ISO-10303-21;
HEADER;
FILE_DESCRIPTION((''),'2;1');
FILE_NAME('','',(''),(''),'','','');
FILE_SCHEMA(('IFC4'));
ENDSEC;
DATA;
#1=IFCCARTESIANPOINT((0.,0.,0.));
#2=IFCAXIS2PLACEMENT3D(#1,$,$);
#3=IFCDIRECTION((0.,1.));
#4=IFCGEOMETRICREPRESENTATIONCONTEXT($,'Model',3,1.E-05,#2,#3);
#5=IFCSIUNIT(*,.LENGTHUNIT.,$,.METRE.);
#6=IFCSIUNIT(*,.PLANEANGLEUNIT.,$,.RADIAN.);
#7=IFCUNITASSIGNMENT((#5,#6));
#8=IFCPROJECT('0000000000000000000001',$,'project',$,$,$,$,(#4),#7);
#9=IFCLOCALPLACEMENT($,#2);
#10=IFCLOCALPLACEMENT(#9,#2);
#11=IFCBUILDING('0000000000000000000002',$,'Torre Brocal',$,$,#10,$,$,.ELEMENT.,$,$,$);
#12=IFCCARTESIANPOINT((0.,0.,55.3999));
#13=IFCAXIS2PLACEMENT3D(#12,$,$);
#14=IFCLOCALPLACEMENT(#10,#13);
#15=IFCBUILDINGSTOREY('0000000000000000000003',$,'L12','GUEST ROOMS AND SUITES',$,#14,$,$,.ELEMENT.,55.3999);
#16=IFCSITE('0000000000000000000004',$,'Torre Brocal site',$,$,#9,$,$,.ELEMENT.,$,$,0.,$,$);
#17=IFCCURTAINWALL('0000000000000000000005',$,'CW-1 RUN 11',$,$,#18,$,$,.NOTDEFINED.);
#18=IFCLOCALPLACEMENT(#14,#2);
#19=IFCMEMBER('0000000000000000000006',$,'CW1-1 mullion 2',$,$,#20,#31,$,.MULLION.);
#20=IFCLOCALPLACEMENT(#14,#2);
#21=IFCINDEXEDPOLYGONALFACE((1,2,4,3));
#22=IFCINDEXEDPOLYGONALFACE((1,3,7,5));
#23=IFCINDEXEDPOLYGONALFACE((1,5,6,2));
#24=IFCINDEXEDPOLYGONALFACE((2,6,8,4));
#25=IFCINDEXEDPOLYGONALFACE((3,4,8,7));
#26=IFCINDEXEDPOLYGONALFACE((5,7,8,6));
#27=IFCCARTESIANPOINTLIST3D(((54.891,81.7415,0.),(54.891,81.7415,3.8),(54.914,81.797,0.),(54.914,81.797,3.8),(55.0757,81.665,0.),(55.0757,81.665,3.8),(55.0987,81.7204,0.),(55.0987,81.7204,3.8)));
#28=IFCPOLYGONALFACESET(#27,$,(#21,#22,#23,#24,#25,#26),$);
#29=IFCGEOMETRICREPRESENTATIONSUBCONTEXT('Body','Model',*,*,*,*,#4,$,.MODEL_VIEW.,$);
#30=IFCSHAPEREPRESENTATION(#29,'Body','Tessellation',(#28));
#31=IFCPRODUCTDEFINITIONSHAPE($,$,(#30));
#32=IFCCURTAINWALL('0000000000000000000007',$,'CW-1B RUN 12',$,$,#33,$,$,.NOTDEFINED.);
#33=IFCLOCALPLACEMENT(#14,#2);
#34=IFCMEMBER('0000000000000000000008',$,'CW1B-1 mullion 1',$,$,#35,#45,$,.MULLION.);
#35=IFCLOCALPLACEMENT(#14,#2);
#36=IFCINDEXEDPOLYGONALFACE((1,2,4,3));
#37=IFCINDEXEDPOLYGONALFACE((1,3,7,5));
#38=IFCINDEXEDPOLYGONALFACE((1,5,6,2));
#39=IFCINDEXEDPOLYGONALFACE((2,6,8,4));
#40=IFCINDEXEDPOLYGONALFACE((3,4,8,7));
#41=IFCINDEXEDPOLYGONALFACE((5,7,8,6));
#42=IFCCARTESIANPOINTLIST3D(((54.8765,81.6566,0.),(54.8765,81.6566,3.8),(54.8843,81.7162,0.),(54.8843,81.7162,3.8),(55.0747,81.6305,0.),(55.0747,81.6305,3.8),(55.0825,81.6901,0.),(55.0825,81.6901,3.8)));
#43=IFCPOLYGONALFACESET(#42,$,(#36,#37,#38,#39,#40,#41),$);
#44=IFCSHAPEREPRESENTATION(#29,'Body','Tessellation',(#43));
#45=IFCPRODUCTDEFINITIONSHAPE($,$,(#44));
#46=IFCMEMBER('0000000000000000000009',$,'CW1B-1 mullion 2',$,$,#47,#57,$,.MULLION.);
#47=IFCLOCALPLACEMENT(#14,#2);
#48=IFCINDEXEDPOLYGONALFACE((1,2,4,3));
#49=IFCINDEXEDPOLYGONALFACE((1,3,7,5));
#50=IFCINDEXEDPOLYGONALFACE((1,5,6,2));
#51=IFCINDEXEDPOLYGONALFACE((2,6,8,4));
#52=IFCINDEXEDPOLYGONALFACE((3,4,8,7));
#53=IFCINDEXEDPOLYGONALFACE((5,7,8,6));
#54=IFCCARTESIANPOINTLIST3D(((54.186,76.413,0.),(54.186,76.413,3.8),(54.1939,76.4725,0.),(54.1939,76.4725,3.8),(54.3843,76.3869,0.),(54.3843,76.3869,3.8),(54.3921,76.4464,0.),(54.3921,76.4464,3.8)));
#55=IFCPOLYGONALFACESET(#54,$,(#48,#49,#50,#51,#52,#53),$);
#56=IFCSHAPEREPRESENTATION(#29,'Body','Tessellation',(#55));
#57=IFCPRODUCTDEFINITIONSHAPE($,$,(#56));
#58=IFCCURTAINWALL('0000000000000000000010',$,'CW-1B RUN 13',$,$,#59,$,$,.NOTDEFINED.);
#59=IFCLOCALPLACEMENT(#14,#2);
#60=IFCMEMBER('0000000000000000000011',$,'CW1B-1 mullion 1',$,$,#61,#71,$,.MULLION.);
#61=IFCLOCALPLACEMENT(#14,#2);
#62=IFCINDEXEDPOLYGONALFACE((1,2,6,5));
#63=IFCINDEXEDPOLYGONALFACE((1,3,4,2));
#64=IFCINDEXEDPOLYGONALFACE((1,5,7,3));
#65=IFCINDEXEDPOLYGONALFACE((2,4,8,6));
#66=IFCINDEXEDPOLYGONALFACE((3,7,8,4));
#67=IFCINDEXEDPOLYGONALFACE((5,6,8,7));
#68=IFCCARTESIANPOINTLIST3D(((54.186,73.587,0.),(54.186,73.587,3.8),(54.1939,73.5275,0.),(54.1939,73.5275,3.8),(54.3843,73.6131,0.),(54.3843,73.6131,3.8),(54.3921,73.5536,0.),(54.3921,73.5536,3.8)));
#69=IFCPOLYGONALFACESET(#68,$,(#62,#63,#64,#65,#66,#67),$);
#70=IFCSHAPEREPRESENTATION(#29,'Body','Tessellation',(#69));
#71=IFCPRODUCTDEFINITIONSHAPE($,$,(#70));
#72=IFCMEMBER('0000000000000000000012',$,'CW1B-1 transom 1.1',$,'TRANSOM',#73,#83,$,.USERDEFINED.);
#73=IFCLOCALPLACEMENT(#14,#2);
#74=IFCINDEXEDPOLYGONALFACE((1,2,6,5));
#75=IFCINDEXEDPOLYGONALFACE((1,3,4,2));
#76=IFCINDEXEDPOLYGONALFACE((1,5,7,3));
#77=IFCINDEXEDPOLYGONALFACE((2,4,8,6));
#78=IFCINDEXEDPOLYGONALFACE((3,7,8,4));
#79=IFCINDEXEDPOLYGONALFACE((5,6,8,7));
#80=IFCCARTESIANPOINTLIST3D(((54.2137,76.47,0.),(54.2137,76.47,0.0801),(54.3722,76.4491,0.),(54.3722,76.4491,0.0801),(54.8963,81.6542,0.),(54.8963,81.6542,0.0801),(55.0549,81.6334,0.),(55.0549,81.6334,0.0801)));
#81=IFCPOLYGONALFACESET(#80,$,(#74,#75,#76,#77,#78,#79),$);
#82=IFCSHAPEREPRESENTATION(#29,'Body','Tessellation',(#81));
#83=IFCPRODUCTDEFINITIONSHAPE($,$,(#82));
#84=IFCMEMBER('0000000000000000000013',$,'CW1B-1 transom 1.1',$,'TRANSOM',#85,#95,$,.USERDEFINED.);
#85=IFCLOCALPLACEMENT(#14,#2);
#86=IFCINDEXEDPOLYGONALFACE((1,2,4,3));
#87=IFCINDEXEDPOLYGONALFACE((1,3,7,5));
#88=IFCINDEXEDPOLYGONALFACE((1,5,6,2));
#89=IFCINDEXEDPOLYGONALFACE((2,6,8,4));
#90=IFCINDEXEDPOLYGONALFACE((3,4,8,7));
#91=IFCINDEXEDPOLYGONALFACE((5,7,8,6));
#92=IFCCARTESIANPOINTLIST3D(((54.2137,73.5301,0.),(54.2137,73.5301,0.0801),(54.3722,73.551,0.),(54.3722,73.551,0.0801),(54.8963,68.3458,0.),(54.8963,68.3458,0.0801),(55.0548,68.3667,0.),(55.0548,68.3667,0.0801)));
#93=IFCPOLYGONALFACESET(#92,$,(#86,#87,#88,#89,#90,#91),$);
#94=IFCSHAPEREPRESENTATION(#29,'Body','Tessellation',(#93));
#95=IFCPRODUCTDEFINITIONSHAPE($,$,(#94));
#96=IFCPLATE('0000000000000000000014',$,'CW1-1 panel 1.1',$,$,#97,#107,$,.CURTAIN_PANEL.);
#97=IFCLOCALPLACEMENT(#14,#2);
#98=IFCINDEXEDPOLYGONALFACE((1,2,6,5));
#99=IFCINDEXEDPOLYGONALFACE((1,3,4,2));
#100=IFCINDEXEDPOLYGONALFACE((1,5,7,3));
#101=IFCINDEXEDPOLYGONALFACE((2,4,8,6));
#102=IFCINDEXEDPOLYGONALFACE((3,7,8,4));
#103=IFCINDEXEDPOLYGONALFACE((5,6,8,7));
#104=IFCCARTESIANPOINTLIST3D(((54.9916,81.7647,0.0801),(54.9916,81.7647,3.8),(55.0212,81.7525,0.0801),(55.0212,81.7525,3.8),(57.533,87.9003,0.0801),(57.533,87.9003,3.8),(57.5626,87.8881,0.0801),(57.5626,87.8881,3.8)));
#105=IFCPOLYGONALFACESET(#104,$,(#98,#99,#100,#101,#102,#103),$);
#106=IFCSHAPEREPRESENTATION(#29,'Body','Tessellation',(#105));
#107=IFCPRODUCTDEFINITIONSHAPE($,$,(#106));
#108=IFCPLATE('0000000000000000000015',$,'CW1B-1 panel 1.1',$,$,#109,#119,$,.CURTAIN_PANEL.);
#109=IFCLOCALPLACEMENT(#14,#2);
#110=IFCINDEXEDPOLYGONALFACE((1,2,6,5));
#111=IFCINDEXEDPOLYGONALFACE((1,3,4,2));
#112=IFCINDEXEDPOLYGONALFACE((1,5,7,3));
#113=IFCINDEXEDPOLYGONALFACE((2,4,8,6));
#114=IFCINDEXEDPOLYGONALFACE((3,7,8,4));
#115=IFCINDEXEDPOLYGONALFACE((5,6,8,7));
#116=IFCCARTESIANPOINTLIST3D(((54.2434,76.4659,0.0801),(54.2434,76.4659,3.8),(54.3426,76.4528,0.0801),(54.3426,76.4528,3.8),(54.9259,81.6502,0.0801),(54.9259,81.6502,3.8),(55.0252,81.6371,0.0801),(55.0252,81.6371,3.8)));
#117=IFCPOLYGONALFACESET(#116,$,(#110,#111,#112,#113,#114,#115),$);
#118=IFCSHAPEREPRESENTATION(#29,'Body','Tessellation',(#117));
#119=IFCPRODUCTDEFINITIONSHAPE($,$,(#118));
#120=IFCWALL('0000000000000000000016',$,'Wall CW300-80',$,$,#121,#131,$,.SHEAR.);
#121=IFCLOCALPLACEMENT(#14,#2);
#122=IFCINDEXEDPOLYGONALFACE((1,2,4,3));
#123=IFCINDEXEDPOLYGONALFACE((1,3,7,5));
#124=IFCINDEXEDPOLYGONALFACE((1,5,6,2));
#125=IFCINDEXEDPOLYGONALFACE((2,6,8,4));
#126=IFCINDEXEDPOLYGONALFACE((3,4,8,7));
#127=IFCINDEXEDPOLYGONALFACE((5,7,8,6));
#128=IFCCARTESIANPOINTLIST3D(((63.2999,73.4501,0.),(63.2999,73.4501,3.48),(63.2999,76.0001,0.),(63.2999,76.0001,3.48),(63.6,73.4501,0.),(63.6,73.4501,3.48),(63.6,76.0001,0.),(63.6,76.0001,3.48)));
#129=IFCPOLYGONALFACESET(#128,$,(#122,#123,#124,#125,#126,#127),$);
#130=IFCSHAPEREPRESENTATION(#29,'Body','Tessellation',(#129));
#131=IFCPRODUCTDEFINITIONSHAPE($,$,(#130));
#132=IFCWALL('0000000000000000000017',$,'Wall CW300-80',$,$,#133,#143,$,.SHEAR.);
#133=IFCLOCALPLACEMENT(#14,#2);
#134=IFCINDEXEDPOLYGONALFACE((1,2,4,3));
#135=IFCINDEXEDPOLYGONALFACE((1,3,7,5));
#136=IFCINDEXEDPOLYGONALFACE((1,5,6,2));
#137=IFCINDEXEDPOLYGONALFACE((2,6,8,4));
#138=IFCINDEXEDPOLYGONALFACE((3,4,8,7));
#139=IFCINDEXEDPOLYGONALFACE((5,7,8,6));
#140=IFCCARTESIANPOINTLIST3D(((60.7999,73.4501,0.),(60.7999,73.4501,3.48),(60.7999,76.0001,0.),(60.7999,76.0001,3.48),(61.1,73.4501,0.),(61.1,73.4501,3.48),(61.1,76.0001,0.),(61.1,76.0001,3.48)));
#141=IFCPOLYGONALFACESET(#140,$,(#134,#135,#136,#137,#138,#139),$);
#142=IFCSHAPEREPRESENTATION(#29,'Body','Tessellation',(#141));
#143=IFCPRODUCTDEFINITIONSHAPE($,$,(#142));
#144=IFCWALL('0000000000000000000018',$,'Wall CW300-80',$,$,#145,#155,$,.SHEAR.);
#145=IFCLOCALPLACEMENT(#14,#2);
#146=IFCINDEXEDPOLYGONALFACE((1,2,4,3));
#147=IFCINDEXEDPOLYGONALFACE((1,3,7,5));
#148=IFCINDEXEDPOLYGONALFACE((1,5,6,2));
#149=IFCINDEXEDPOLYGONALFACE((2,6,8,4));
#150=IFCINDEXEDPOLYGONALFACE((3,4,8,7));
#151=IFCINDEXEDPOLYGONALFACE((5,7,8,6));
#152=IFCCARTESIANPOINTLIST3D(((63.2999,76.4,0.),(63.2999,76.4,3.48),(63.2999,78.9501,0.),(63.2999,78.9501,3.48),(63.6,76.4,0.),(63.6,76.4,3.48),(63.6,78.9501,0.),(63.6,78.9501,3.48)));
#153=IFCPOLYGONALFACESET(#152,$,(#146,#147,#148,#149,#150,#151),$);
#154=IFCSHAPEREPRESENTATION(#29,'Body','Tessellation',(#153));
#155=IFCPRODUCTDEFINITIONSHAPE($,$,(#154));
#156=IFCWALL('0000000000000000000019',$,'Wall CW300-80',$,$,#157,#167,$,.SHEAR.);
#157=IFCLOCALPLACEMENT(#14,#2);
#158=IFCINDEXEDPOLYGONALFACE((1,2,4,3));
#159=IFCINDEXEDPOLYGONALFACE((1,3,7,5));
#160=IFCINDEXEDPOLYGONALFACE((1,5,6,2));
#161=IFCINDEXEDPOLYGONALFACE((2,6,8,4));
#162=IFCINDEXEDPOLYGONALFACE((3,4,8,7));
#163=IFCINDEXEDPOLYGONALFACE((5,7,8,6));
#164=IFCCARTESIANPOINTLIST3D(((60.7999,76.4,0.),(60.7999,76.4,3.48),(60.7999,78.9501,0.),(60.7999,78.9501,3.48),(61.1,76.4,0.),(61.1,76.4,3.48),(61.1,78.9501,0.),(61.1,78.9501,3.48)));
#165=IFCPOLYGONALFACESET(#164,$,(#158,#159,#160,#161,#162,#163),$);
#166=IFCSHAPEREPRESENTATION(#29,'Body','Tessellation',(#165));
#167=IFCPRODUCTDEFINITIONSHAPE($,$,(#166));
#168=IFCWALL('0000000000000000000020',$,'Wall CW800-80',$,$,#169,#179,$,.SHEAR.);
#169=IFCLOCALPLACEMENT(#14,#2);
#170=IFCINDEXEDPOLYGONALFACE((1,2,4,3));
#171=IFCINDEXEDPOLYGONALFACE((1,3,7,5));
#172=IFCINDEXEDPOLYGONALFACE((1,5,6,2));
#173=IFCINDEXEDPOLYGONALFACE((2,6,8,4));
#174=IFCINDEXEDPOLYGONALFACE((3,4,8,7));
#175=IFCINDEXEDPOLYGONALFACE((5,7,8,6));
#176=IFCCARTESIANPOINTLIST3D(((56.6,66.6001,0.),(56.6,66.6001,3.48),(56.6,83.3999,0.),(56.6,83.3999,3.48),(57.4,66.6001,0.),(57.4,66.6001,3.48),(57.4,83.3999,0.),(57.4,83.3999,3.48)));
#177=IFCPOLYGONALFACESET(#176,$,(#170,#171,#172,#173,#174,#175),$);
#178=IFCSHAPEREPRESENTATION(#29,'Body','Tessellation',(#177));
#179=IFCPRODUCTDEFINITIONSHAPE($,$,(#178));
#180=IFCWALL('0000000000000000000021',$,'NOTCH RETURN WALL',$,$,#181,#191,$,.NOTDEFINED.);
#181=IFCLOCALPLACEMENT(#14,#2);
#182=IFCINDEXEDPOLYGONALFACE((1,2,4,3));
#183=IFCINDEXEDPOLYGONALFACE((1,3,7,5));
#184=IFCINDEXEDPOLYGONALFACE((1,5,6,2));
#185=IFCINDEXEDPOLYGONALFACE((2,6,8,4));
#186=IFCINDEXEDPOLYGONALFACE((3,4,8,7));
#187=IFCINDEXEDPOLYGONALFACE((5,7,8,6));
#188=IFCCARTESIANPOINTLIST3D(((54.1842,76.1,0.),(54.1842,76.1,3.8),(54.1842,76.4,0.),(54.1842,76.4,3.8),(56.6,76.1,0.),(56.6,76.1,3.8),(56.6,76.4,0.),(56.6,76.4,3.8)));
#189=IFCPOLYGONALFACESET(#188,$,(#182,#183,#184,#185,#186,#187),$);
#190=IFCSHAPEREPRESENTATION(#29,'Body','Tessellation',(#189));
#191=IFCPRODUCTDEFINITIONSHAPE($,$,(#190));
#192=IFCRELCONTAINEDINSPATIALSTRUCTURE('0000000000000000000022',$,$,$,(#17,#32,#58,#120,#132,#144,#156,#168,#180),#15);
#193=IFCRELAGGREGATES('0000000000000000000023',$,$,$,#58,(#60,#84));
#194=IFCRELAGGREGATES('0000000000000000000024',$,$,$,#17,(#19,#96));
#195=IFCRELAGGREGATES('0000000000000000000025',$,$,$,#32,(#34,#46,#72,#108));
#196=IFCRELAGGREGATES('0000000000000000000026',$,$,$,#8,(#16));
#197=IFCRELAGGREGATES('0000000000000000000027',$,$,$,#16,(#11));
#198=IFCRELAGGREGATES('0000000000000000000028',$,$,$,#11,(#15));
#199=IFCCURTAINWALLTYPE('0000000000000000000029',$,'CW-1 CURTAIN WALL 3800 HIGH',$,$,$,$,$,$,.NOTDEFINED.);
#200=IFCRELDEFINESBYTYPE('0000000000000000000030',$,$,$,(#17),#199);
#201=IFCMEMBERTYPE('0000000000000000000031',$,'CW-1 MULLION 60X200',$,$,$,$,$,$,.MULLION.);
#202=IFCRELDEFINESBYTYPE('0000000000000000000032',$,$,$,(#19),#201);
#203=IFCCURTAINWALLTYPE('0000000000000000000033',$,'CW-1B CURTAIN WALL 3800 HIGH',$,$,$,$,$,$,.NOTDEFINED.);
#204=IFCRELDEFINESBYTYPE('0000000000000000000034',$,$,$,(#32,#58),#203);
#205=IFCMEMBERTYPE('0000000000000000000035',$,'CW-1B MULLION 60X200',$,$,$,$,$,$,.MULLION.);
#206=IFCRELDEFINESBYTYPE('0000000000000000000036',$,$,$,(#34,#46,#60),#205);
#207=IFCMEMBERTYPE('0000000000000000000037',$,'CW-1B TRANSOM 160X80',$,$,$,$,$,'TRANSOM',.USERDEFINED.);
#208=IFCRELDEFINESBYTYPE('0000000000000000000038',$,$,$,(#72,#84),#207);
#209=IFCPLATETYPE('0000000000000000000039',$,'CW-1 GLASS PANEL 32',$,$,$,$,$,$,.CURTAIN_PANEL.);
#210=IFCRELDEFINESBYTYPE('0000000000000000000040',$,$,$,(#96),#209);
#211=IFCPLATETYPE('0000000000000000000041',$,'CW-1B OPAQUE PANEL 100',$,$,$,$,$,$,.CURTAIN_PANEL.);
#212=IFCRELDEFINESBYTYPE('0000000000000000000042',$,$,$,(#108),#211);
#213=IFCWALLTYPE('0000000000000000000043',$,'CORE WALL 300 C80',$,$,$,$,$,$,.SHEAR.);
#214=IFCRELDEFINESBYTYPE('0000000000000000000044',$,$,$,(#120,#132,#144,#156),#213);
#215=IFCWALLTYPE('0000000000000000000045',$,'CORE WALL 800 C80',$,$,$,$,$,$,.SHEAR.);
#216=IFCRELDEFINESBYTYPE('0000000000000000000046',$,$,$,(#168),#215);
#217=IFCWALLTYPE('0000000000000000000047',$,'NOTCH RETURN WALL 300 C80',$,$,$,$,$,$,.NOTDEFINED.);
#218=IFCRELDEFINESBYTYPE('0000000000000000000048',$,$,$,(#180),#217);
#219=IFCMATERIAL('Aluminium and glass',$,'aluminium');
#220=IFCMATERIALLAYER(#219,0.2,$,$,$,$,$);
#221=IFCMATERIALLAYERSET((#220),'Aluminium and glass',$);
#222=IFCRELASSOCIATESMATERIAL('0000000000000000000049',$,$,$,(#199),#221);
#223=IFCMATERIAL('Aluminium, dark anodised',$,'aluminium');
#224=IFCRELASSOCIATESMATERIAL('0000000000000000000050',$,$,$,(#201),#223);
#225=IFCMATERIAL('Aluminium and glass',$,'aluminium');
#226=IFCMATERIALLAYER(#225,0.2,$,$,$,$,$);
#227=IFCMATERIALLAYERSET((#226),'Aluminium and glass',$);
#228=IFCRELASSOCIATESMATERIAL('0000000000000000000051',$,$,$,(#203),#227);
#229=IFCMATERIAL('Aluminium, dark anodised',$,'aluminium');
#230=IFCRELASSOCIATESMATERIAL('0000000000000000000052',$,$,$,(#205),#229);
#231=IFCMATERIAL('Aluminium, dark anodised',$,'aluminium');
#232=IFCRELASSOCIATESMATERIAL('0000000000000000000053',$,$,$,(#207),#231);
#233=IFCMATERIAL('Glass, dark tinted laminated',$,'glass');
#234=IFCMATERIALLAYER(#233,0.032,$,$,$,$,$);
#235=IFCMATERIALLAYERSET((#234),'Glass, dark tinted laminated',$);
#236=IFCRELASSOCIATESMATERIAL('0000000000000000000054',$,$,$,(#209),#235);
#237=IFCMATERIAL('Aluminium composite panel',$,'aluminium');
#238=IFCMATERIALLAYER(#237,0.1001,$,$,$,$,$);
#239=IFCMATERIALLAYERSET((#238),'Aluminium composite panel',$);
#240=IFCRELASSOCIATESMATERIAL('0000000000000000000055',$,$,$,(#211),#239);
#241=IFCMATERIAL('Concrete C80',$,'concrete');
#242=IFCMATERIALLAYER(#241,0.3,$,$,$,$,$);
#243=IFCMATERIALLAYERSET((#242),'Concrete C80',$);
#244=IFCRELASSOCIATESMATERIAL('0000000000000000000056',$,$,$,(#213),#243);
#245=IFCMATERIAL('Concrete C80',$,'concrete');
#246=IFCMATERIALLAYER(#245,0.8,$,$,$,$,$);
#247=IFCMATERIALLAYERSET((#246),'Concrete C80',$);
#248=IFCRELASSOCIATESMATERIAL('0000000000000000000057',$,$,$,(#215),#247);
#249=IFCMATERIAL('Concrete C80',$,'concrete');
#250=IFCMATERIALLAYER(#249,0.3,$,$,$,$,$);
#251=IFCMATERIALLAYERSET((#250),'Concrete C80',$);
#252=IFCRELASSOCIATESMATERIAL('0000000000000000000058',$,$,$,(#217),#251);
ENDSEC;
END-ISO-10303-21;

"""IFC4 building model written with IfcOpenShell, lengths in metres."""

from ifc_helpers import new_model, si_unit, direction, frame, frame_2d, origin, origin_2d, place, context, subcontext, project, spatial, rectangle, extrude, material, layer, layer_set, material_profile, profile_set, type_object, element, aggregate, save


model = new_model("IFC4")

# Units and contexts
model_context = context("Model", 3, precision=1e-05, world=origin(), true_north=direction((0.0, 1.0)))
body_context = subcontext(model_context, "Body", "Model", "MODEL_VIEW")
ifc_project = project(units=[si_unit("LENGTHUNIT", "METRE"), si_unit("PLANEANGLEUNIT", "RADIAN")], contexts=[model_context])

# Site, building, storey
site_placement = place(None, origin())
site = spatial("IfcSite", under=ifc_project, at=site_placement, Name="Torre Brocal site", CompositionType="ELEMENT", RefElevation=0.0)
building_placement = place(site_placement, origin())
building = spatial("IfcBuilding", under=site, at=building_placement, Name="Torre Brocal", CompositionType="ELEMENT")
storey_placement = place(building_placement, frame((0.0, 0.0, 55.3999)))
storey = spatial("IfcBuildingStorey", under=building, at=storey_placement, Name="L12", Description="GUEST ROOMS AND SUITES", CompositionType="ELEMENT", Elevation=55.3999)

# Curtain wall, member
ifc_material_1 = material(Name="Aluminium and glass", Category="aluminium")
ifc_layer_1 = layer(ifc_material_1, 0.2)
ifc_layer_set_1 = layer_set([ifc_layer_1], Name="Aluminium and glass")
curtain_wall_type_1 = type_object("IfcCurtainWallType", Name="CW-1 CURTAIN WALL 3800 HIGH", PredefinedType="NOTDEFINED", material=ifc_layer_set_1)
curtain_wall_1_placement = place(storey_placement, origin())
curtain_wall_1 = element("IfcCurtainWall", 1, at=curtain_wall_1_placement, inside=storey, type_object=curtain_wall_type_1, Name="CW-1 RUN 11", PredefinedType="NOTDEFINED")
ifc_material_2 = material(Name="Aluminium, dark anodised", Category="aluminium")
ifc_material_profile_1 = material_profile(ifc_material_2, rectangle(XDim=0.2, YDim=0.0601, at=origin_2d()), Name="CW-1 MULLION 60X200")
ifc_profile_set_1 = profile_set([ifc_material_profile_1], Name="Aluminium, dark anodised")
member_type_1 = type_object("IfcMemberType", Name="CW-1 MULLION 60X200", PredefinedType="MULLION", material=ifc_profile_set_1)
member_1_placement = place(storey_placement, frame((54.9949, 81.731, 0.0), z_axis=(0.0, 0.0, 1.0), x_axis=(0.92388, -0.382683, 0.0)))
member_1 = element("IfcMember", 2, at=member_1_placement, type_object=member_type_1, Name="CW1-1 mullion 2", PredefinedType="MULLION", context=body_context, shape_type="SweptSolid", body=[
    extrude(rectangle(XDim=0.2, YDim=0.0601, at=origin_2d()), origin(), (0.0, 0.0, 1.0), 3.8),
])

# Curtain wall, members
ifc_material_3 = material(Name="Aluminium and glass", Category="aluminium")
ifc_layer_2 = layer(ifc_material_3, 0.2)
ifc_layer_set_2 = layer_set([ifc_layer_2], Name="Aluminium and glass")
curtain_wall_type_2 = type_object("IfcCurtainWallType", Name="CW-1B CURTAIN WALL 3800 HIGH", PredefinedType="NOTDEFINED", material=ifc_layer_set_2)
curtain_wall_2_placement = place(storey_placement, origin())
curtain_wall_2 = element("IfcCurtainWall", 3, at=curtain_wall_2_placement, inside=storey, type_object=curtain_wall_type_2, Name="CW-1B RUN 12", PredefinedType="NOTDEFINED")
ifc_material_4 = material(Name="Aluminium, dark anodised", Category="aluminium")
ifc_material_profile_2 = material_profile(ifc_material_4, rectangle(XDim=0.2, YDim=0.0601, at=origin_2d()), Name="CW-1B MULLION 60X200")
ifc_profile_set_2 = profile_set([ifc_material_profile_2], Name="Aluminium, dark anodised")
member_type_2 = type_object("IfcMemberType", Name="CW-1B MULLION 60X200", PredefinedType="MULLION", material=ifc_profile_set_2)
member_2_placement = place(storey_placement, frame((54.9795, 81.6733, 0.0), z_axis=(0.0, 0.0, 1.0), x_axis=(0.991445, -0.130526, 0.0)))
member_2 = element("IfcMember", 4, at=member_2_placement, type_object=member_type_2, Name="CW1B-1 mullion 1", PredefinedType="MULLION", context=body_context, shape_type="SweptSolid", body=[
    extrude(rectangle(XDim=0.2, YDim=0.0601, at=origin_2d()), origin(), (0.0, 0.0, 1.0), 3.8),
])
member_3_placement = place(storey_placement, frame((54.2891, 76.4297, 0.0), z_axis=(0.0, 0.0, 1.0), x_axis=(0.991445, -0.130526, 0.0)))
member_3 = element("IfcMember", 5, at=member_3_placement, type_object=member_type_2, Name="CW1B-1 mullion 2", PredefinedType="MULLION", context=body_context, shape_type="SweptSolid", body=[
    extrude(rectangle(XDim=0.2, YDim=0.0601, at=origin_2d()), origin(), (0.0, 0.0, 1.0), 3.8),
])

# Curtain wall, member
curtain_wall_3_placement = place(storey_placement, origin())
curtain_wall_3 = element("IfcCurtainWall", 6, at=curtain_wall_3_placement, inside=storey, type_object=curtain_wall_type_2, Name="CW-1B RUN 13", PredefinedType="NOTDEFINED")
member_4_placement = place(storey_placement, frame((54.2891, 73.5703, 0.0), z_axis=(0.0, 0.0, 1.0), x_axis=(0.991445, 0.130526, 0.0)))
member_4 = element("IfcMember", 7, at=member_4_placement, type_object=member_type_2, Name="CW1B-1 mullion 1", PredefinedType="MULLION", context=body_context, shape_type="SweptSolid", body=[
    extrude(rectangle(XDim=0.2, YDim=0.0601, at=origin_2d()), origin(), (0.0, 0.0, 1.0), 3.8),
])

# Members
ifc_material_5 = material(Name="Aluminium, dark anodised", Category="aluminium")
ifc_material_profile_3 = material_profile(ifc_material_5, rectangle(XDim=0.1599, YDim=0.0801, at=origin_2d()), Name="CW-1B TRANSOM 160X80")
ifc_profile_set_3 = profile_set([ifc_material_profile_3], Name="Aluminium, dark anodised")
member_type_3 = type_object("IfcMemberType", Name="CW-1B TRANSOM 160X80", ElementType="TRANSOM", PredefinedType="USERDEFINED", material=ifc_profile_set_3)
member_5_placement = place(storey_placement, frame((54.9756, 81.6438, 0.04), z_axis=(-0.130543, -0.991443, 0.0), x_axis=(0.991443, -0.130543, 0.0)))
member_5 = element("IfcMember", 8, at=member_5_placement, type_object=member_type_3, Name="CW1B-1 transom 1.1", ObjectType="TRANSOM", PredefinedType="USERDEFINED", context=body_context, shape_type="SweptSolid", body=[
    extrude(rectangle(XDim=0.1599, YDim=0.0801, at=origin_2d()), origin(), (0.0, 0.0, 1.0), 5.229),
])
member_6_placement = place(storey_placement, frame((54.293, 73.5405, 0.04), z_axis=(0.130543, -0.991443, 0.0), x_axis=(0.991443, 0.130543, 0.0)))
member_6 = element("IfcMember", 9, at=member_6_placement, type_object=member_type_3, Name="CW1B-1 transom 1.1", ObjectType="TRANSOM", PredefinedType="USERDEFINED", context=body_context, shape_type="SweptSolid", body=[
    extrude(rectangle(XDim=0.1599, YDim=0.0801, at=origin_2d()), origin(), (0.0, 0.0, 1.0), 5.229),
])
aggregate(curtain_wall_3, [member_4, member_6])

# Plates
ifc_material_6 = material(Name="Glass, dark tinted laminated", Category="glass")
ifc_layer_3 = layer(ifc_material_6, 0.032)
ifc_layer_set_3 = layer_set([ifc_layer_3], Name="Glass, dark tinted laminated")
plate_type_1 = type_object("IfcPlateType", Name="CW-1 GLASS PANEL 32", PredefinedType="CURTAIN_PANEL", material=ifc_layer_set_3)
plate_1_placement = place(storey_placement, frame((56.2771, 84.8264, 0.0801), z_axis=(0.0, 0.0, 1.0), x_axis=(-0.382683, -0.92388, 0.0)))
plate_1 = element("IfcPlate", 10, at=plate_1_placement, type_object=plate_type_1, Name="CW1-1 panel 1.1", PredefinedType="CURTAIN_PANEL", context=body_context, shape_type="SweptSolid", body=[
    extrude(rectangle(XDim=6.6411, YDim=0.032, at=origin_2d()), origin(), (0.0, 0.0, 1.0), 3.72),
])
aggregate(curtain_wall_1, [member_1, plate_1])
ifc_material_7 = material(Name="Aluminium composite panel", Category="aluminium")
ifc_layer_4 = layer(ifc_material_7, 0.1001)
ifc_layer_set_4 = layer_set([ifc_layer_4], Name="Aluminium composite panel")
plate_type_2 = type_object("IfcPlateType", Name="CW-1B OPAQUE PANEL 100", PredefinedType="CURTAIN_PANEL", material=ifc_layer_set_4)
plate_2_placement = place(storey_placement, frame((54.6343, 79.0515, 0.0801), z_axis=(0.0, 0.0, 1.0), x_axis=(-0.130526, -0.991445, 0.0)))
plate_2 = element("IfcPlate", 11, at=plate_2_placement, type_object=plate_type_2, Name="CW1B-1 panel 1.1", PredefinedType="CURTAIN_PANEL", context=body_context, shape_type="SweptSolid", body=[
    extrude(rectangle(XDim=5.229, YDim=0.1001, at=origin_2d()), origin(), (0.0, 0.0, 1.0), 3.72),
])
aggregate(curtain_wall_2, [member_2, member_3, member_5, plate_2])

# Walls
ifc_material_8 = material(Name="Concrete C80", Category="concrete")
ifc_layer_5 = layer(ifc_material_8, 0.3)
ifc_layer_set_5 = layer_set([ifc_layer_5], Name="Concrete C80")
wall_type_1 = type_object("IfcWallType", Name="CORE WALL 300 C80", PredefinedType="SHEAR", material=ifc_layer_set_5)
for number, where, z_axis, x_axis, name in (
    (12, (63.45, 76.0, 0.0), (0.0, 0.0, 1.0), (0.0, -1.0, 0.0), "Wall CW300-80"),
    (13, (60.95, 76.0, 0.0), (0.0, 0.0, 1.0), (0.0, -1.0, 0.0), "Wall CW300-80"),
    (14, (63.45, 78.95, 0.0), (0.0, 0.0, 1.0), (0.0, -1.0, 0.0), "Wall CW300-80"),
    (15, (60.95, 78.95, 0.0), (0.0, 0.0, 1.0), (0.0, -1.0, 0.0), "Wall CW300-80"),
):
    element("IfcWall", number, at=place(storey_placement, frame(where, z_axis=z_axis, x_axis=x_axis)), inside=storey, type_object=wall_type_1, Name=name, PredefinedType="SHEAR", context=body_context, shape_type="SweptSolid", body=[
        extrude(rectangle(XDim=2.55, YDim=0.3, at=frame_2d((1.2749, 0.0))), origin(), (0.0, 0.0, 1.0), 3.48),
    ])
ifc_material_9 = material(Name="Concrete C80", Category="concrete")
ifc_layer_6 = layer(ifc_material_9, 0.8)
ifc_layer_set_6 = layer_set([ifc_layer_6], Name="Concrete C80")
wall_type_2 = type_object("IfcWallType", Name="CORE WALL 800 C80", PredefinedType="SHEAR", material=ifc_layer_set_6)
wall_1_placement = place(storey_placement, frame((57.0, 83.3999, 0.0), z_axis=(0.0, 0.0, 1.0), x_axis=(0.0, -1.0, 0.0)))
element("IfcWall", 16, at=wall_1_placement, inside=storey, type_object=wall_type_2, Name="Wall CW800-80", PredefinedType="SHEAR", context=body_context, shape_type="SweptSolid", body=[
    extrude(rectangle(XDim=16.7998, YDim=0.8, at=frame_2d((8.3999, 0.0))), origin(), (0.0, 0.0, 1.0), 3.48),
])
ifc_material_10 = material(Name="Concrete C80", Category="concrete")
ifc_layer_7 = layer(ifc_material_10, 0.3)
ifc_layer_set_7 = layer_set([ifc_layer_7], Name="Concrete C80")
wall_type_3 = type_object("IfcWallType", Name="NOTCH RETURN WALL 300 C80", PredefinedType="NOTDEFINED", material=ifc_layer_set_7)
for number, where, z_axis, x_axis, name in (
    (17, (56.6001, 76.25, 0.0), (0.0, 0.0, 1.0), (-1.0, 0.0, 0.0), "NOTCH RETURN WALL"),
):
    element("IfcWall", number, at=place(storey_placement, frame(where, z_axis=z_axis, x_axis=x_axis)), inside=storey, type_object=wall_type_3, Name=name, PredefinedType="NOTDEFINED", context=body_context, shape_type="SweptSolid", body=[
        extrude(rectangle(XDim=2.4158, YDim=0.3, at=frame_2d((1.208, 0.0))), origin(), (0.0, 0.0, 1.0), 3.8),
    ])

save(model, "model.ifc")
